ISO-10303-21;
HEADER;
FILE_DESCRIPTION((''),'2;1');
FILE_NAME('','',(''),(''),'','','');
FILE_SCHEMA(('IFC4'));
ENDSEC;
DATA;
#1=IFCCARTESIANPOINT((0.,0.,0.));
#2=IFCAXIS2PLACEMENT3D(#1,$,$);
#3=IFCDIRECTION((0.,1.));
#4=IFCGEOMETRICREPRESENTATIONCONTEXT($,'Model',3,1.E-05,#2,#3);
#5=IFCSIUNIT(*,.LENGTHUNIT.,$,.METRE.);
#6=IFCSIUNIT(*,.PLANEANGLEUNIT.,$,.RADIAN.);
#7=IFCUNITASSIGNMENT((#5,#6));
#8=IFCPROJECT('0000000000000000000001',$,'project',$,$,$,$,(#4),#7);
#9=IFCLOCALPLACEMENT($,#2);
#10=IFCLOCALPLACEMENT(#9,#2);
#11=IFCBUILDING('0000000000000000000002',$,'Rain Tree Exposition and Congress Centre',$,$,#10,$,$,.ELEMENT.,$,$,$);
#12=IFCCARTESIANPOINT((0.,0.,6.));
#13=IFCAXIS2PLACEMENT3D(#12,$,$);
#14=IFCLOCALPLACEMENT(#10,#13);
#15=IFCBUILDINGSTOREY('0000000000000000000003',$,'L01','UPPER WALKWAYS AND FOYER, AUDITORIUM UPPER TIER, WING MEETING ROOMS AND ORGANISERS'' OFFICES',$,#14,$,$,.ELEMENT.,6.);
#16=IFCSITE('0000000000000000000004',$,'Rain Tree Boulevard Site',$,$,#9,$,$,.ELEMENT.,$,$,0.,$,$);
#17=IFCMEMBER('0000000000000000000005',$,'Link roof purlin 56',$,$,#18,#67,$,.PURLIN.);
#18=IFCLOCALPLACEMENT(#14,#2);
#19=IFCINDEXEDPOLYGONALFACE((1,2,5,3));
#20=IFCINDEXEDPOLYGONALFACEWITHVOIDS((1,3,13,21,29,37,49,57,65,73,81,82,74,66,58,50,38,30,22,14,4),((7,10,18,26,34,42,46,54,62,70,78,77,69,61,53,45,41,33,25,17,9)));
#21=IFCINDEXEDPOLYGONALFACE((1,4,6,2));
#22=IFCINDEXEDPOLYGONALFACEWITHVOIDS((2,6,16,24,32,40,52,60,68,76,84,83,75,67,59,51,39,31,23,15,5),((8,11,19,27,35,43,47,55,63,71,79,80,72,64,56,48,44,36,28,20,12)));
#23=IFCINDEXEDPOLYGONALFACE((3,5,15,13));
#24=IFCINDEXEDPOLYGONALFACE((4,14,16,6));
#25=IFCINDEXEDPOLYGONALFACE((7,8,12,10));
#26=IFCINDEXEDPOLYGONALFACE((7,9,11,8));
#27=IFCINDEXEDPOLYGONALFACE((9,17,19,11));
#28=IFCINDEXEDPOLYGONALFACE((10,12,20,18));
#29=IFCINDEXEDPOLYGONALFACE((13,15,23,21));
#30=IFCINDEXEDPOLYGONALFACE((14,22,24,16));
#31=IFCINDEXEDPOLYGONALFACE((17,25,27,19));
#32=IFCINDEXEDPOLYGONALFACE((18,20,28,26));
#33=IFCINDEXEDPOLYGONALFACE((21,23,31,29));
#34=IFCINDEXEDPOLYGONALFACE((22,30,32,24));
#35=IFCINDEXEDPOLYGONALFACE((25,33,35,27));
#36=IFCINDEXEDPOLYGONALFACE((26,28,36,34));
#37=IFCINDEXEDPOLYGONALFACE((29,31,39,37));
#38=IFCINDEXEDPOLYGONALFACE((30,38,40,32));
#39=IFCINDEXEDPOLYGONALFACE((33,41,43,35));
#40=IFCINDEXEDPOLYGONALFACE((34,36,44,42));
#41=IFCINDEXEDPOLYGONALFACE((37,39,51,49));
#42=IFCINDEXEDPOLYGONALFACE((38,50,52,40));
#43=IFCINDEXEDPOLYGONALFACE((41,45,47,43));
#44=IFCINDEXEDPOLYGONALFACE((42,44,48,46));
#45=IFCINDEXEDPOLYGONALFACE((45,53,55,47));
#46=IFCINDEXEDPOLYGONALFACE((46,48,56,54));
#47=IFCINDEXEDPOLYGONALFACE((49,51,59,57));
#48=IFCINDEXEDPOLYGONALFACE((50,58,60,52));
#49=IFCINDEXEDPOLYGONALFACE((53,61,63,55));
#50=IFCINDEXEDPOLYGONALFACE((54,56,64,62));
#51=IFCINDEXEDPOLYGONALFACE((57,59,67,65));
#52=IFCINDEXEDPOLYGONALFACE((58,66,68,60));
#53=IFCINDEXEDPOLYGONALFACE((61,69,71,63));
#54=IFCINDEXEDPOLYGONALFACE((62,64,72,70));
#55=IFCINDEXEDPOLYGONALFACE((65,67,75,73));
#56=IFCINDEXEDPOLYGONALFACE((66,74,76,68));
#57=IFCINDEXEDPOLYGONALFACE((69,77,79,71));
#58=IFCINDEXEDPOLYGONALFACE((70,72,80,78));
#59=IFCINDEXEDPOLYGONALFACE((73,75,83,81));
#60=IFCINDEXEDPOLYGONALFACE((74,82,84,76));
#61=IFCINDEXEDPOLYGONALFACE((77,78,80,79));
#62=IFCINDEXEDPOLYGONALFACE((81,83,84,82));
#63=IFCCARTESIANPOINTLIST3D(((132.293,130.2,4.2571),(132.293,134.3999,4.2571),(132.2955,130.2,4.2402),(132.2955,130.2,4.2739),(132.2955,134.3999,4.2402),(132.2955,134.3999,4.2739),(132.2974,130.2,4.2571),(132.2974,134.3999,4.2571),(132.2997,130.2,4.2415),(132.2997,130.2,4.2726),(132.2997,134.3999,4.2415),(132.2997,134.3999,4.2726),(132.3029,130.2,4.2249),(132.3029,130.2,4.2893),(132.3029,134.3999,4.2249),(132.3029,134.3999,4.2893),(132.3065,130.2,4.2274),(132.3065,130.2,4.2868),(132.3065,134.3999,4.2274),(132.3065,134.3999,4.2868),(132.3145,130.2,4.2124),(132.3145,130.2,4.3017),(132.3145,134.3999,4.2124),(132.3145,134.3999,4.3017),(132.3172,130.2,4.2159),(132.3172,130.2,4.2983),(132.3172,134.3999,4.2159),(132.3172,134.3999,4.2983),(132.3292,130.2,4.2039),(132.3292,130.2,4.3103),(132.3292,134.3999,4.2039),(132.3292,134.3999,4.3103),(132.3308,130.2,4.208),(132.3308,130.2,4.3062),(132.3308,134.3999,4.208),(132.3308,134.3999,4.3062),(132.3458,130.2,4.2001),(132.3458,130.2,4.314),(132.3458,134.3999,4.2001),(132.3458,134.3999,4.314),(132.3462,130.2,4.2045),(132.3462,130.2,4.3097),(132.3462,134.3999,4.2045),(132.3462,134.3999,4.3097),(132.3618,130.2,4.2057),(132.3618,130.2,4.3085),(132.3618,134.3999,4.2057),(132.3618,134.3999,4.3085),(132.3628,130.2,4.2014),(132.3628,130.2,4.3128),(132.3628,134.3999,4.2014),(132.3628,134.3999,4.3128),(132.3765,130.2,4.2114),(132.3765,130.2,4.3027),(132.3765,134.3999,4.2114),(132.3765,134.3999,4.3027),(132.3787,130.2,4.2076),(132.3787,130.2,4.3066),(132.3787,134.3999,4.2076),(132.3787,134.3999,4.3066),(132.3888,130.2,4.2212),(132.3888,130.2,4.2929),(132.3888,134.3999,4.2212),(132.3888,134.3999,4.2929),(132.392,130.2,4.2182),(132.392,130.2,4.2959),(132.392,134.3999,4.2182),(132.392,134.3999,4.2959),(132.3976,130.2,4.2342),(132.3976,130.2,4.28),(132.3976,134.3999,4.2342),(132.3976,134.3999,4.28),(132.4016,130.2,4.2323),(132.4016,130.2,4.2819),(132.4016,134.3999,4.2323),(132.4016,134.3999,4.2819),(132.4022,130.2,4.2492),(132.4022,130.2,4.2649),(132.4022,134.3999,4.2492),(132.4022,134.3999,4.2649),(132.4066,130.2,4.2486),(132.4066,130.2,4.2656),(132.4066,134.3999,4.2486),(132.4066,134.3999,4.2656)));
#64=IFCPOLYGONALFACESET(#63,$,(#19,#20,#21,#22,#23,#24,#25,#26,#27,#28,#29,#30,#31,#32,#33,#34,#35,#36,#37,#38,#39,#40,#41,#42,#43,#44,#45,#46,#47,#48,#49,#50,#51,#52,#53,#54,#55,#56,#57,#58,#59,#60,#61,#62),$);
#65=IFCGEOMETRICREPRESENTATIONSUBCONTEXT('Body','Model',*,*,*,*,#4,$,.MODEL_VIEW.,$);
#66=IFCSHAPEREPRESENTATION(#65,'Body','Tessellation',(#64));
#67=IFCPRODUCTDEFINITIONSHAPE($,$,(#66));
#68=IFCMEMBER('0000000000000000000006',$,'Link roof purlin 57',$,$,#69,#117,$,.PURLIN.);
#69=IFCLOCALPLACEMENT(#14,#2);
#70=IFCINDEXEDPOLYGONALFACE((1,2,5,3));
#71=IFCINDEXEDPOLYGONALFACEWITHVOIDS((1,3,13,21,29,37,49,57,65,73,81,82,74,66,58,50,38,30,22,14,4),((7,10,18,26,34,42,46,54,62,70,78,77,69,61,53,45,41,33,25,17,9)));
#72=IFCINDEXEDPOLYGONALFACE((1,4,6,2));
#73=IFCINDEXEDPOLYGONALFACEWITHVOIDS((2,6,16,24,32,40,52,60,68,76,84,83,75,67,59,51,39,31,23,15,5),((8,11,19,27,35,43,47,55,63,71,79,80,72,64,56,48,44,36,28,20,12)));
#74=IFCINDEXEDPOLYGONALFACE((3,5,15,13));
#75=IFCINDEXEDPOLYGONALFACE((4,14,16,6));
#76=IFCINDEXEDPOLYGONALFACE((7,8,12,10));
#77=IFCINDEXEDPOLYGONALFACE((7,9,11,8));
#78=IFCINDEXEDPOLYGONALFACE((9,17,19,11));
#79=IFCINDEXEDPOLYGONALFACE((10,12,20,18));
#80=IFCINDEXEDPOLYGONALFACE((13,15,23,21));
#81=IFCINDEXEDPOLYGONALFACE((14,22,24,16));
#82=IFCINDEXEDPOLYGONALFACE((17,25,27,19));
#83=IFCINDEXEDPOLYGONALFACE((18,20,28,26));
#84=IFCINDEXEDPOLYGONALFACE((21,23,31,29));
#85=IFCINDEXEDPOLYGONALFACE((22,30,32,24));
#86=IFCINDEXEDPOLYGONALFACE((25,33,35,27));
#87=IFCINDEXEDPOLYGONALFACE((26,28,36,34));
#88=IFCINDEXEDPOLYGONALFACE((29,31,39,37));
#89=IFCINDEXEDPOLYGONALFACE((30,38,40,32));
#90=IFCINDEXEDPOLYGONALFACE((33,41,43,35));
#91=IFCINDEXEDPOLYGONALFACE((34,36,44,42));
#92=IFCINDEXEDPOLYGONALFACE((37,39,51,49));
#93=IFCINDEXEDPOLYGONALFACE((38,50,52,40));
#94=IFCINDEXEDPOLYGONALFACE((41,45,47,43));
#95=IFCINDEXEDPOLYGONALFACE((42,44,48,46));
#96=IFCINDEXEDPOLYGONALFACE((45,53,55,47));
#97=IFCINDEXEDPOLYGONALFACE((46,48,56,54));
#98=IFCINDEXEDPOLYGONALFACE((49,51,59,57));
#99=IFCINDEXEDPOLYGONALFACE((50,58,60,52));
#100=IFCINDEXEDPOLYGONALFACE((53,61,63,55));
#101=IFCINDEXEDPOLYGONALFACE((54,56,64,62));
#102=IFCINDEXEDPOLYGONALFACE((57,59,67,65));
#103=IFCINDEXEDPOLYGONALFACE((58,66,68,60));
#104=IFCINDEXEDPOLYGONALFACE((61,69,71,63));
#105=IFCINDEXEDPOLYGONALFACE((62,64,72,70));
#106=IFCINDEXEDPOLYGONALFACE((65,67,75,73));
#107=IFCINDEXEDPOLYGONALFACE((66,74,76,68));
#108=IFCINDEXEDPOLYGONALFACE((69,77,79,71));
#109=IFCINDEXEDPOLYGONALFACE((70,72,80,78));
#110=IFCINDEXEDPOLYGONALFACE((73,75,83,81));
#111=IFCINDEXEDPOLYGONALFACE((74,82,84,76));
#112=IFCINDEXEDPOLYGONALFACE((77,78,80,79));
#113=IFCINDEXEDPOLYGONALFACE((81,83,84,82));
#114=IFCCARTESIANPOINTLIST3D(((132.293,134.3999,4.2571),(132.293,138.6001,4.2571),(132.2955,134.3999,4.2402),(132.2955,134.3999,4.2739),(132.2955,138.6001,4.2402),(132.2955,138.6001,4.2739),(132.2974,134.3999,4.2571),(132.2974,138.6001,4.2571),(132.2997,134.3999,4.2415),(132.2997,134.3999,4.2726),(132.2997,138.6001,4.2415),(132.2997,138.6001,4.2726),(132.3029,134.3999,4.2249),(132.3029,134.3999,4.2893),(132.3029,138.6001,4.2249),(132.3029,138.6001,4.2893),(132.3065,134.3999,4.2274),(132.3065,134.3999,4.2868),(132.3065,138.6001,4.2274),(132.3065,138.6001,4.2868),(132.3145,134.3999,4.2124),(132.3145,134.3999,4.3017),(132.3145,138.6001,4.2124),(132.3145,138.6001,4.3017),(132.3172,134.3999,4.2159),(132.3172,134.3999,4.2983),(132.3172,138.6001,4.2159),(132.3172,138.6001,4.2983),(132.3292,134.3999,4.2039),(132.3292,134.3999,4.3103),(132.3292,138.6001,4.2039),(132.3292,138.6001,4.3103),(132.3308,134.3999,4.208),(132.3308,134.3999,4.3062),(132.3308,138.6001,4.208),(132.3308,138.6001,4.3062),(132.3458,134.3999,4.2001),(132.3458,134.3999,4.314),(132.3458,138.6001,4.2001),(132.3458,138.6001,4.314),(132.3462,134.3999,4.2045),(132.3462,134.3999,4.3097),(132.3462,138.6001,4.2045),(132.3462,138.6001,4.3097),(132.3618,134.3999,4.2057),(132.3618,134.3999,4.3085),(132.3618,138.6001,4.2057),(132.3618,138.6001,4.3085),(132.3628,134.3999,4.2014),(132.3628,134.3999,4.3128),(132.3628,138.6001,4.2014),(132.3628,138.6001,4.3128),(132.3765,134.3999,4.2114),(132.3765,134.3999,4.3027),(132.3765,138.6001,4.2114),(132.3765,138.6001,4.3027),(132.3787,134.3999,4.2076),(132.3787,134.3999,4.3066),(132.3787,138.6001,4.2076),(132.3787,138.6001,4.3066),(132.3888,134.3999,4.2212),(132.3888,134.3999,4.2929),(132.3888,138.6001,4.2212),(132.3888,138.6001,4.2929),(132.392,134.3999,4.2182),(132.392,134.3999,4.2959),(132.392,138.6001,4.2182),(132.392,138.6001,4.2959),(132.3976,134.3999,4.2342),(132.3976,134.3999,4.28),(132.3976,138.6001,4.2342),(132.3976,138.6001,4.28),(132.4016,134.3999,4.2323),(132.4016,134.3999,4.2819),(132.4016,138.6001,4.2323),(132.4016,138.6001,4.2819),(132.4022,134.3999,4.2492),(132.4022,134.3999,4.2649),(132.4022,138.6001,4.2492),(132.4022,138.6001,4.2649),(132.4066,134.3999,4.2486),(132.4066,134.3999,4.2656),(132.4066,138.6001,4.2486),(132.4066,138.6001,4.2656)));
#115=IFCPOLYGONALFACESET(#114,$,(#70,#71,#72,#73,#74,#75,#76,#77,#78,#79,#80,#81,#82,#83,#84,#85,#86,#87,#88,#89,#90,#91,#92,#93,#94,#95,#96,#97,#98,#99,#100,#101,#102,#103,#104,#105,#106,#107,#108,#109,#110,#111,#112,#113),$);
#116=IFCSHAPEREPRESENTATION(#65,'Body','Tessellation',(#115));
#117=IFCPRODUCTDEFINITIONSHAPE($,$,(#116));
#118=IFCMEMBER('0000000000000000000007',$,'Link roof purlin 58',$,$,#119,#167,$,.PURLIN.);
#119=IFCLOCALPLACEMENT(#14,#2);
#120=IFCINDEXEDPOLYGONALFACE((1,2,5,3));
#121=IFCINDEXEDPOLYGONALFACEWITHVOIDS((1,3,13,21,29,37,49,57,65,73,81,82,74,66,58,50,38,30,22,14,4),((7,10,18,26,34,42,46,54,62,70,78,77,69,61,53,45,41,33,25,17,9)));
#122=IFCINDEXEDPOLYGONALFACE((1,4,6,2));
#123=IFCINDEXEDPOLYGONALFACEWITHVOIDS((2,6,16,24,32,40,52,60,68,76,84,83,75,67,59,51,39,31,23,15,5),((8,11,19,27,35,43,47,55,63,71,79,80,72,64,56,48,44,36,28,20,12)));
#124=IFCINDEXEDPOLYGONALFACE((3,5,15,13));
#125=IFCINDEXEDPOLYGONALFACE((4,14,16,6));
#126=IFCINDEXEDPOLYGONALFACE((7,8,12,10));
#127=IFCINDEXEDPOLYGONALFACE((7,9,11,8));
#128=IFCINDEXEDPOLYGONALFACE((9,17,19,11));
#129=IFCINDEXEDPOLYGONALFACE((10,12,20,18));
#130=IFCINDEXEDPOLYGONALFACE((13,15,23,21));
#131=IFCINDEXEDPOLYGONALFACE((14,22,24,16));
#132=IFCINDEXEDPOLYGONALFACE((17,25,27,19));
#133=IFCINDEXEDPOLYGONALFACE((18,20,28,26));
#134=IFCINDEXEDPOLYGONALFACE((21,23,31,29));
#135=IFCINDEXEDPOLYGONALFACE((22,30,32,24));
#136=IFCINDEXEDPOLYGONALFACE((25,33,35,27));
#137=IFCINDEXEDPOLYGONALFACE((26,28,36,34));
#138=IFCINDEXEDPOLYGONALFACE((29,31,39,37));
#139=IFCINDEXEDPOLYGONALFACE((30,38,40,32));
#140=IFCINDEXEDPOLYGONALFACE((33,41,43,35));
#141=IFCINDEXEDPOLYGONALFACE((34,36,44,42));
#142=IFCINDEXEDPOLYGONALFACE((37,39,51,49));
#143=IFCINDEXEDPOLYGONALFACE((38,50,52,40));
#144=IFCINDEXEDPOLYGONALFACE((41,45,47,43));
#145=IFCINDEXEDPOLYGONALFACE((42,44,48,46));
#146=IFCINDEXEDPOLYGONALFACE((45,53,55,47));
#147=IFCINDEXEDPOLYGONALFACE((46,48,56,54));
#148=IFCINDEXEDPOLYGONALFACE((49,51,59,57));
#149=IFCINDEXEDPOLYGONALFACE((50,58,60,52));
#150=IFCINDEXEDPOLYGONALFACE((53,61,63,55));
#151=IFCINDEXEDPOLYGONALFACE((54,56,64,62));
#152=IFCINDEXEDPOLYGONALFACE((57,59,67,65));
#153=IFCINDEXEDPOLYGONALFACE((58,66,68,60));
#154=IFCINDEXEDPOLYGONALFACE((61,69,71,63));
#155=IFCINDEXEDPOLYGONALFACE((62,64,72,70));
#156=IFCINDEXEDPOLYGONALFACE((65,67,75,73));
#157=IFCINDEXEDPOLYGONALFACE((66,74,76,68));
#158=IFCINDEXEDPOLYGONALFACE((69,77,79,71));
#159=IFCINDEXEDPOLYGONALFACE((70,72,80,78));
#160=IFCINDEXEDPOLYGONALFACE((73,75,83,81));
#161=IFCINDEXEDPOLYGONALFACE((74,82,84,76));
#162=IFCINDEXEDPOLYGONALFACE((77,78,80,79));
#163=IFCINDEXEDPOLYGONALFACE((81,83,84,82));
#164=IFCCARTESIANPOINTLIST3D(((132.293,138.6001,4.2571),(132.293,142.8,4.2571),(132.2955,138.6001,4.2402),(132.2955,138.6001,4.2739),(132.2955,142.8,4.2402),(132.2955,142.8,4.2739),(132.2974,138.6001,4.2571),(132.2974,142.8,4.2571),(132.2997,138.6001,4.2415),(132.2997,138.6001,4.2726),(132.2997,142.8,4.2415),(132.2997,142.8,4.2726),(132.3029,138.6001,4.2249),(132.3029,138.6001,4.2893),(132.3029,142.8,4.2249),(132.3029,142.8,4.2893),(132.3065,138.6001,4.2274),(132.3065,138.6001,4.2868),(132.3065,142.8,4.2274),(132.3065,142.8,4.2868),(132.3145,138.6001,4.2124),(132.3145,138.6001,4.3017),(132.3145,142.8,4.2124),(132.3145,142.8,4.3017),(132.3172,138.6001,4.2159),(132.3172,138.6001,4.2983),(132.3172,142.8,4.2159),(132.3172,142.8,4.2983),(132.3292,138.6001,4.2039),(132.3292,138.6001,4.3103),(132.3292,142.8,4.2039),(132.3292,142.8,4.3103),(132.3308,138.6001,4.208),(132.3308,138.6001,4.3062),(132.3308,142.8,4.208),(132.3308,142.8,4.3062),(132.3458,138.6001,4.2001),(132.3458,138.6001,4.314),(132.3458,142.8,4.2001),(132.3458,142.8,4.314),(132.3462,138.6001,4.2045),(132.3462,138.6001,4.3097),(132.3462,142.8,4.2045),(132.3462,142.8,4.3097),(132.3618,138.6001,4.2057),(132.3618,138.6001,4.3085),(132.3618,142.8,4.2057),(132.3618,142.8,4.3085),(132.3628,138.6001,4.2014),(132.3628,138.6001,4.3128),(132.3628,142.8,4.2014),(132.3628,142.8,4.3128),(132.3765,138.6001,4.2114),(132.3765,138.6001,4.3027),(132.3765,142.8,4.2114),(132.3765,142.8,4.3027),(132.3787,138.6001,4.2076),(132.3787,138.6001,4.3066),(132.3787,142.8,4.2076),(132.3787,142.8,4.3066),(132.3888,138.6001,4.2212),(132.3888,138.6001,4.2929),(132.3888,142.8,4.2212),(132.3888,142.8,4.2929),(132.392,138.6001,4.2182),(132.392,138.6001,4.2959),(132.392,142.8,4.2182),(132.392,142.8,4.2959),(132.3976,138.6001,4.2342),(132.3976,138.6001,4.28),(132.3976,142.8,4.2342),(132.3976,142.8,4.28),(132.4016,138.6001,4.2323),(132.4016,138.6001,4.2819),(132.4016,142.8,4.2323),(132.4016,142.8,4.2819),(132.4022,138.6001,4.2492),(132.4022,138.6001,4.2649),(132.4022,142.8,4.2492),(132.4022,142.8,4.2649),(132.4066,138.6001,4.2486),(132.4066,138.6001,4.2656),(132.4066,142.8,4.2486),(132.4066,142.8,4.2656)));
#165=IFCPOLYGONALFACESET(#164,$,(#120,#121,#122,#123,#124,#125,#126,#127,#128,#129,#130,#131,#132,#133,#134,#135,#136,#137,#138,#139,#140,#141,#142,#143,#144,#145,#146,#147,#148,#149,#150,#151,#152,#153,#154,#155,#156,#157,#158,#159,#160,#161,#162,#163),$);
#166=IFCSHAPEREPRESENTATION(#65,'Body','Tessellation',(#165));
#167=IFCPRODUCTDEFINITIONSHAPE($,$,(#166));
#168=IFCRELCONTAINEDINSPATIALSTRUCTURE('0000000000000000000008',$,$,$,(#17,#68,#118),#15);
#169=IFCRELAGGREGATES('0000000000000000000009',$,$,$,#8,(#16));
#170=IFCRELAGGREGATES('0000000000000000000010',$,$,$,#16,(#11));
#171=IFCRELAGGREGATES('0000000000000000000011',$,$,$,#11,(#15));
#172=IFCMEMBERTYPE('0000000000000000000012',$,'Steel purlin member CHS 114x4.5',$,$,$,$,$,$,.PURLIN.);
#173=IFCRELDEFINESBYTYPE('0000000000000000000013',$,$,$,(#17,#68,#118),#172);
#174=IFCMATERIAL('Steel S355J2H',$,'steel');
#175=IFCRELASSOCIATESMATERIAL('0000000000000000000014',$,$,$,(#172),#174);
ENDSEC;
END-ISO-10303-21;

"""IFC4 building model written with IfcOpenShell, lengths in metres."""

from ifc_helpers import new_model, si_unit, direction, frame, origin, origin_2d, place, context, subcontext, project, spatial, hollow_circle, extrude, material, material_profile, profile_set, type_object, element, save


model = new_model("IFC4")

# Units and contexts
model_context = context("Model", 3, precision=1e-05, world=origin(), true_north=direction((0.0, 1.0)))
body_context = subcontext(model_context, "Body", "Model", "MODEL_VIEW")
ifc_project = project(units=[si_unit("LENGTHUNIT", "METRE"), si_unit("PLANEANGLEUNIT", "RADIAN")], contexts=[model_context])

# Site, building, storey
site_placement = place(None, origin())
site = spatial("IfcSite", under=ifc_project, at=site_placement, Name="Rain Tree Boulevard Site", CompositionType="ELEMENT", RefElevation=0.0)
building_placement = place(site_placement, origin())
building = spatial("IfcBuilding", under=site, at=building_placement, Name="Rain Tree Exposition and Congress Centre", CompositionType="ELEMENT")
storey_placement = place(building_placement, frame((0.0, 0.0, 6.0)))
storey = spatial("IfcBuildingStorey", under=building, at=storey_placement, Name="L01", Description="UPPER WALKWAYS AND FOYER, AUDITORIUM UPPER TIER, WING MEETING ROOMS AND ORGANISERS' OFFICES", CompositionType="ELEMENT", Elevation=6.0)

# Members
ifc_material_1 = material(Name="Steel S355J2H", Category="steel")
ifc_material_profile_1 = material_profile(ifc_material_1, hollow_circle(Radius=0.0571, WallThickness=0.0044, at=origin_2d()), Name="CHS 114x4.5")
ifc_profile_set_1 = profile_set([ifc_material_profile_1], Name="Steel S355J2H")
member_type = type_object("IfcMemberType", Name="Steel purlin member CHS 114x4.5", PredefinedType="PURLIN", material=ifc_profile_set_1)
for number, where, z_axis, x_axis, name in (
    (1, (132.3501, 130.2, 4.2571), (0.0, 1.0, 0.0), (-1.0, 0.0, 0.0), "Link roof purlin 56"),
):
    element("IfcMember", number, at=place(storey_placement, frame(where, z_axis=z_axis, x_axis=x_axis)), inside=storey, type_object=member_type, Name=name, PredefinedType="PURLIN", context=body_context, shape_type="SweptSolid", body=[
        extrude(hollow_circle(Radius=0.0571, WallThickness=0.0044, at=origin_2d()), origin(), (0.0, 0.0, 1.0), 4.2),
    ])
member_1_placement = place(storey_placement, frame((132.3501, 134.3999, 4.2571), z_axis=(0.0, 1.0, 0.0), x_axis=(-1.0, 0.0, 0.0)))
element("IfcMember", 2, at=member_1_placement, inside=storey, type_object=member_type, Name="Link roof purlin 57", PredefinedType="PURLIN", context=body_context, shape_type="SweptSolid", body=[
    extrude(hollow_circle(Radius=0.0571, WallThickness=0.0044, at=origin_2d()), origin(), (0.0, 0.0, 1.0), 4.2002),
])
for number, where, z_axis, x_axis, name in (
    (3, (132.3501, 138.6001, 4.2571), (0.0, 1.0, 0.0), (-1.0, 0.0, 0.0), "Link roof purlin 58"),
):
    element("IfcMember", number, at=place(storey_placement, frame(where, z_axis=z_axis, x_axis=x_axis)), inside=storey, type_object=member_type, Name=name, PredefinedType="PURLIN", context=body_context, shape_type="SweptSolid", body=[
        extrude(hollow_circle(Radius=0.0571, WallThickness=0.0044, at=origin_2d()), origin(), (0.0, 0.0, 1.0), 4.2),
    ])

save(model, "model.ifc")
